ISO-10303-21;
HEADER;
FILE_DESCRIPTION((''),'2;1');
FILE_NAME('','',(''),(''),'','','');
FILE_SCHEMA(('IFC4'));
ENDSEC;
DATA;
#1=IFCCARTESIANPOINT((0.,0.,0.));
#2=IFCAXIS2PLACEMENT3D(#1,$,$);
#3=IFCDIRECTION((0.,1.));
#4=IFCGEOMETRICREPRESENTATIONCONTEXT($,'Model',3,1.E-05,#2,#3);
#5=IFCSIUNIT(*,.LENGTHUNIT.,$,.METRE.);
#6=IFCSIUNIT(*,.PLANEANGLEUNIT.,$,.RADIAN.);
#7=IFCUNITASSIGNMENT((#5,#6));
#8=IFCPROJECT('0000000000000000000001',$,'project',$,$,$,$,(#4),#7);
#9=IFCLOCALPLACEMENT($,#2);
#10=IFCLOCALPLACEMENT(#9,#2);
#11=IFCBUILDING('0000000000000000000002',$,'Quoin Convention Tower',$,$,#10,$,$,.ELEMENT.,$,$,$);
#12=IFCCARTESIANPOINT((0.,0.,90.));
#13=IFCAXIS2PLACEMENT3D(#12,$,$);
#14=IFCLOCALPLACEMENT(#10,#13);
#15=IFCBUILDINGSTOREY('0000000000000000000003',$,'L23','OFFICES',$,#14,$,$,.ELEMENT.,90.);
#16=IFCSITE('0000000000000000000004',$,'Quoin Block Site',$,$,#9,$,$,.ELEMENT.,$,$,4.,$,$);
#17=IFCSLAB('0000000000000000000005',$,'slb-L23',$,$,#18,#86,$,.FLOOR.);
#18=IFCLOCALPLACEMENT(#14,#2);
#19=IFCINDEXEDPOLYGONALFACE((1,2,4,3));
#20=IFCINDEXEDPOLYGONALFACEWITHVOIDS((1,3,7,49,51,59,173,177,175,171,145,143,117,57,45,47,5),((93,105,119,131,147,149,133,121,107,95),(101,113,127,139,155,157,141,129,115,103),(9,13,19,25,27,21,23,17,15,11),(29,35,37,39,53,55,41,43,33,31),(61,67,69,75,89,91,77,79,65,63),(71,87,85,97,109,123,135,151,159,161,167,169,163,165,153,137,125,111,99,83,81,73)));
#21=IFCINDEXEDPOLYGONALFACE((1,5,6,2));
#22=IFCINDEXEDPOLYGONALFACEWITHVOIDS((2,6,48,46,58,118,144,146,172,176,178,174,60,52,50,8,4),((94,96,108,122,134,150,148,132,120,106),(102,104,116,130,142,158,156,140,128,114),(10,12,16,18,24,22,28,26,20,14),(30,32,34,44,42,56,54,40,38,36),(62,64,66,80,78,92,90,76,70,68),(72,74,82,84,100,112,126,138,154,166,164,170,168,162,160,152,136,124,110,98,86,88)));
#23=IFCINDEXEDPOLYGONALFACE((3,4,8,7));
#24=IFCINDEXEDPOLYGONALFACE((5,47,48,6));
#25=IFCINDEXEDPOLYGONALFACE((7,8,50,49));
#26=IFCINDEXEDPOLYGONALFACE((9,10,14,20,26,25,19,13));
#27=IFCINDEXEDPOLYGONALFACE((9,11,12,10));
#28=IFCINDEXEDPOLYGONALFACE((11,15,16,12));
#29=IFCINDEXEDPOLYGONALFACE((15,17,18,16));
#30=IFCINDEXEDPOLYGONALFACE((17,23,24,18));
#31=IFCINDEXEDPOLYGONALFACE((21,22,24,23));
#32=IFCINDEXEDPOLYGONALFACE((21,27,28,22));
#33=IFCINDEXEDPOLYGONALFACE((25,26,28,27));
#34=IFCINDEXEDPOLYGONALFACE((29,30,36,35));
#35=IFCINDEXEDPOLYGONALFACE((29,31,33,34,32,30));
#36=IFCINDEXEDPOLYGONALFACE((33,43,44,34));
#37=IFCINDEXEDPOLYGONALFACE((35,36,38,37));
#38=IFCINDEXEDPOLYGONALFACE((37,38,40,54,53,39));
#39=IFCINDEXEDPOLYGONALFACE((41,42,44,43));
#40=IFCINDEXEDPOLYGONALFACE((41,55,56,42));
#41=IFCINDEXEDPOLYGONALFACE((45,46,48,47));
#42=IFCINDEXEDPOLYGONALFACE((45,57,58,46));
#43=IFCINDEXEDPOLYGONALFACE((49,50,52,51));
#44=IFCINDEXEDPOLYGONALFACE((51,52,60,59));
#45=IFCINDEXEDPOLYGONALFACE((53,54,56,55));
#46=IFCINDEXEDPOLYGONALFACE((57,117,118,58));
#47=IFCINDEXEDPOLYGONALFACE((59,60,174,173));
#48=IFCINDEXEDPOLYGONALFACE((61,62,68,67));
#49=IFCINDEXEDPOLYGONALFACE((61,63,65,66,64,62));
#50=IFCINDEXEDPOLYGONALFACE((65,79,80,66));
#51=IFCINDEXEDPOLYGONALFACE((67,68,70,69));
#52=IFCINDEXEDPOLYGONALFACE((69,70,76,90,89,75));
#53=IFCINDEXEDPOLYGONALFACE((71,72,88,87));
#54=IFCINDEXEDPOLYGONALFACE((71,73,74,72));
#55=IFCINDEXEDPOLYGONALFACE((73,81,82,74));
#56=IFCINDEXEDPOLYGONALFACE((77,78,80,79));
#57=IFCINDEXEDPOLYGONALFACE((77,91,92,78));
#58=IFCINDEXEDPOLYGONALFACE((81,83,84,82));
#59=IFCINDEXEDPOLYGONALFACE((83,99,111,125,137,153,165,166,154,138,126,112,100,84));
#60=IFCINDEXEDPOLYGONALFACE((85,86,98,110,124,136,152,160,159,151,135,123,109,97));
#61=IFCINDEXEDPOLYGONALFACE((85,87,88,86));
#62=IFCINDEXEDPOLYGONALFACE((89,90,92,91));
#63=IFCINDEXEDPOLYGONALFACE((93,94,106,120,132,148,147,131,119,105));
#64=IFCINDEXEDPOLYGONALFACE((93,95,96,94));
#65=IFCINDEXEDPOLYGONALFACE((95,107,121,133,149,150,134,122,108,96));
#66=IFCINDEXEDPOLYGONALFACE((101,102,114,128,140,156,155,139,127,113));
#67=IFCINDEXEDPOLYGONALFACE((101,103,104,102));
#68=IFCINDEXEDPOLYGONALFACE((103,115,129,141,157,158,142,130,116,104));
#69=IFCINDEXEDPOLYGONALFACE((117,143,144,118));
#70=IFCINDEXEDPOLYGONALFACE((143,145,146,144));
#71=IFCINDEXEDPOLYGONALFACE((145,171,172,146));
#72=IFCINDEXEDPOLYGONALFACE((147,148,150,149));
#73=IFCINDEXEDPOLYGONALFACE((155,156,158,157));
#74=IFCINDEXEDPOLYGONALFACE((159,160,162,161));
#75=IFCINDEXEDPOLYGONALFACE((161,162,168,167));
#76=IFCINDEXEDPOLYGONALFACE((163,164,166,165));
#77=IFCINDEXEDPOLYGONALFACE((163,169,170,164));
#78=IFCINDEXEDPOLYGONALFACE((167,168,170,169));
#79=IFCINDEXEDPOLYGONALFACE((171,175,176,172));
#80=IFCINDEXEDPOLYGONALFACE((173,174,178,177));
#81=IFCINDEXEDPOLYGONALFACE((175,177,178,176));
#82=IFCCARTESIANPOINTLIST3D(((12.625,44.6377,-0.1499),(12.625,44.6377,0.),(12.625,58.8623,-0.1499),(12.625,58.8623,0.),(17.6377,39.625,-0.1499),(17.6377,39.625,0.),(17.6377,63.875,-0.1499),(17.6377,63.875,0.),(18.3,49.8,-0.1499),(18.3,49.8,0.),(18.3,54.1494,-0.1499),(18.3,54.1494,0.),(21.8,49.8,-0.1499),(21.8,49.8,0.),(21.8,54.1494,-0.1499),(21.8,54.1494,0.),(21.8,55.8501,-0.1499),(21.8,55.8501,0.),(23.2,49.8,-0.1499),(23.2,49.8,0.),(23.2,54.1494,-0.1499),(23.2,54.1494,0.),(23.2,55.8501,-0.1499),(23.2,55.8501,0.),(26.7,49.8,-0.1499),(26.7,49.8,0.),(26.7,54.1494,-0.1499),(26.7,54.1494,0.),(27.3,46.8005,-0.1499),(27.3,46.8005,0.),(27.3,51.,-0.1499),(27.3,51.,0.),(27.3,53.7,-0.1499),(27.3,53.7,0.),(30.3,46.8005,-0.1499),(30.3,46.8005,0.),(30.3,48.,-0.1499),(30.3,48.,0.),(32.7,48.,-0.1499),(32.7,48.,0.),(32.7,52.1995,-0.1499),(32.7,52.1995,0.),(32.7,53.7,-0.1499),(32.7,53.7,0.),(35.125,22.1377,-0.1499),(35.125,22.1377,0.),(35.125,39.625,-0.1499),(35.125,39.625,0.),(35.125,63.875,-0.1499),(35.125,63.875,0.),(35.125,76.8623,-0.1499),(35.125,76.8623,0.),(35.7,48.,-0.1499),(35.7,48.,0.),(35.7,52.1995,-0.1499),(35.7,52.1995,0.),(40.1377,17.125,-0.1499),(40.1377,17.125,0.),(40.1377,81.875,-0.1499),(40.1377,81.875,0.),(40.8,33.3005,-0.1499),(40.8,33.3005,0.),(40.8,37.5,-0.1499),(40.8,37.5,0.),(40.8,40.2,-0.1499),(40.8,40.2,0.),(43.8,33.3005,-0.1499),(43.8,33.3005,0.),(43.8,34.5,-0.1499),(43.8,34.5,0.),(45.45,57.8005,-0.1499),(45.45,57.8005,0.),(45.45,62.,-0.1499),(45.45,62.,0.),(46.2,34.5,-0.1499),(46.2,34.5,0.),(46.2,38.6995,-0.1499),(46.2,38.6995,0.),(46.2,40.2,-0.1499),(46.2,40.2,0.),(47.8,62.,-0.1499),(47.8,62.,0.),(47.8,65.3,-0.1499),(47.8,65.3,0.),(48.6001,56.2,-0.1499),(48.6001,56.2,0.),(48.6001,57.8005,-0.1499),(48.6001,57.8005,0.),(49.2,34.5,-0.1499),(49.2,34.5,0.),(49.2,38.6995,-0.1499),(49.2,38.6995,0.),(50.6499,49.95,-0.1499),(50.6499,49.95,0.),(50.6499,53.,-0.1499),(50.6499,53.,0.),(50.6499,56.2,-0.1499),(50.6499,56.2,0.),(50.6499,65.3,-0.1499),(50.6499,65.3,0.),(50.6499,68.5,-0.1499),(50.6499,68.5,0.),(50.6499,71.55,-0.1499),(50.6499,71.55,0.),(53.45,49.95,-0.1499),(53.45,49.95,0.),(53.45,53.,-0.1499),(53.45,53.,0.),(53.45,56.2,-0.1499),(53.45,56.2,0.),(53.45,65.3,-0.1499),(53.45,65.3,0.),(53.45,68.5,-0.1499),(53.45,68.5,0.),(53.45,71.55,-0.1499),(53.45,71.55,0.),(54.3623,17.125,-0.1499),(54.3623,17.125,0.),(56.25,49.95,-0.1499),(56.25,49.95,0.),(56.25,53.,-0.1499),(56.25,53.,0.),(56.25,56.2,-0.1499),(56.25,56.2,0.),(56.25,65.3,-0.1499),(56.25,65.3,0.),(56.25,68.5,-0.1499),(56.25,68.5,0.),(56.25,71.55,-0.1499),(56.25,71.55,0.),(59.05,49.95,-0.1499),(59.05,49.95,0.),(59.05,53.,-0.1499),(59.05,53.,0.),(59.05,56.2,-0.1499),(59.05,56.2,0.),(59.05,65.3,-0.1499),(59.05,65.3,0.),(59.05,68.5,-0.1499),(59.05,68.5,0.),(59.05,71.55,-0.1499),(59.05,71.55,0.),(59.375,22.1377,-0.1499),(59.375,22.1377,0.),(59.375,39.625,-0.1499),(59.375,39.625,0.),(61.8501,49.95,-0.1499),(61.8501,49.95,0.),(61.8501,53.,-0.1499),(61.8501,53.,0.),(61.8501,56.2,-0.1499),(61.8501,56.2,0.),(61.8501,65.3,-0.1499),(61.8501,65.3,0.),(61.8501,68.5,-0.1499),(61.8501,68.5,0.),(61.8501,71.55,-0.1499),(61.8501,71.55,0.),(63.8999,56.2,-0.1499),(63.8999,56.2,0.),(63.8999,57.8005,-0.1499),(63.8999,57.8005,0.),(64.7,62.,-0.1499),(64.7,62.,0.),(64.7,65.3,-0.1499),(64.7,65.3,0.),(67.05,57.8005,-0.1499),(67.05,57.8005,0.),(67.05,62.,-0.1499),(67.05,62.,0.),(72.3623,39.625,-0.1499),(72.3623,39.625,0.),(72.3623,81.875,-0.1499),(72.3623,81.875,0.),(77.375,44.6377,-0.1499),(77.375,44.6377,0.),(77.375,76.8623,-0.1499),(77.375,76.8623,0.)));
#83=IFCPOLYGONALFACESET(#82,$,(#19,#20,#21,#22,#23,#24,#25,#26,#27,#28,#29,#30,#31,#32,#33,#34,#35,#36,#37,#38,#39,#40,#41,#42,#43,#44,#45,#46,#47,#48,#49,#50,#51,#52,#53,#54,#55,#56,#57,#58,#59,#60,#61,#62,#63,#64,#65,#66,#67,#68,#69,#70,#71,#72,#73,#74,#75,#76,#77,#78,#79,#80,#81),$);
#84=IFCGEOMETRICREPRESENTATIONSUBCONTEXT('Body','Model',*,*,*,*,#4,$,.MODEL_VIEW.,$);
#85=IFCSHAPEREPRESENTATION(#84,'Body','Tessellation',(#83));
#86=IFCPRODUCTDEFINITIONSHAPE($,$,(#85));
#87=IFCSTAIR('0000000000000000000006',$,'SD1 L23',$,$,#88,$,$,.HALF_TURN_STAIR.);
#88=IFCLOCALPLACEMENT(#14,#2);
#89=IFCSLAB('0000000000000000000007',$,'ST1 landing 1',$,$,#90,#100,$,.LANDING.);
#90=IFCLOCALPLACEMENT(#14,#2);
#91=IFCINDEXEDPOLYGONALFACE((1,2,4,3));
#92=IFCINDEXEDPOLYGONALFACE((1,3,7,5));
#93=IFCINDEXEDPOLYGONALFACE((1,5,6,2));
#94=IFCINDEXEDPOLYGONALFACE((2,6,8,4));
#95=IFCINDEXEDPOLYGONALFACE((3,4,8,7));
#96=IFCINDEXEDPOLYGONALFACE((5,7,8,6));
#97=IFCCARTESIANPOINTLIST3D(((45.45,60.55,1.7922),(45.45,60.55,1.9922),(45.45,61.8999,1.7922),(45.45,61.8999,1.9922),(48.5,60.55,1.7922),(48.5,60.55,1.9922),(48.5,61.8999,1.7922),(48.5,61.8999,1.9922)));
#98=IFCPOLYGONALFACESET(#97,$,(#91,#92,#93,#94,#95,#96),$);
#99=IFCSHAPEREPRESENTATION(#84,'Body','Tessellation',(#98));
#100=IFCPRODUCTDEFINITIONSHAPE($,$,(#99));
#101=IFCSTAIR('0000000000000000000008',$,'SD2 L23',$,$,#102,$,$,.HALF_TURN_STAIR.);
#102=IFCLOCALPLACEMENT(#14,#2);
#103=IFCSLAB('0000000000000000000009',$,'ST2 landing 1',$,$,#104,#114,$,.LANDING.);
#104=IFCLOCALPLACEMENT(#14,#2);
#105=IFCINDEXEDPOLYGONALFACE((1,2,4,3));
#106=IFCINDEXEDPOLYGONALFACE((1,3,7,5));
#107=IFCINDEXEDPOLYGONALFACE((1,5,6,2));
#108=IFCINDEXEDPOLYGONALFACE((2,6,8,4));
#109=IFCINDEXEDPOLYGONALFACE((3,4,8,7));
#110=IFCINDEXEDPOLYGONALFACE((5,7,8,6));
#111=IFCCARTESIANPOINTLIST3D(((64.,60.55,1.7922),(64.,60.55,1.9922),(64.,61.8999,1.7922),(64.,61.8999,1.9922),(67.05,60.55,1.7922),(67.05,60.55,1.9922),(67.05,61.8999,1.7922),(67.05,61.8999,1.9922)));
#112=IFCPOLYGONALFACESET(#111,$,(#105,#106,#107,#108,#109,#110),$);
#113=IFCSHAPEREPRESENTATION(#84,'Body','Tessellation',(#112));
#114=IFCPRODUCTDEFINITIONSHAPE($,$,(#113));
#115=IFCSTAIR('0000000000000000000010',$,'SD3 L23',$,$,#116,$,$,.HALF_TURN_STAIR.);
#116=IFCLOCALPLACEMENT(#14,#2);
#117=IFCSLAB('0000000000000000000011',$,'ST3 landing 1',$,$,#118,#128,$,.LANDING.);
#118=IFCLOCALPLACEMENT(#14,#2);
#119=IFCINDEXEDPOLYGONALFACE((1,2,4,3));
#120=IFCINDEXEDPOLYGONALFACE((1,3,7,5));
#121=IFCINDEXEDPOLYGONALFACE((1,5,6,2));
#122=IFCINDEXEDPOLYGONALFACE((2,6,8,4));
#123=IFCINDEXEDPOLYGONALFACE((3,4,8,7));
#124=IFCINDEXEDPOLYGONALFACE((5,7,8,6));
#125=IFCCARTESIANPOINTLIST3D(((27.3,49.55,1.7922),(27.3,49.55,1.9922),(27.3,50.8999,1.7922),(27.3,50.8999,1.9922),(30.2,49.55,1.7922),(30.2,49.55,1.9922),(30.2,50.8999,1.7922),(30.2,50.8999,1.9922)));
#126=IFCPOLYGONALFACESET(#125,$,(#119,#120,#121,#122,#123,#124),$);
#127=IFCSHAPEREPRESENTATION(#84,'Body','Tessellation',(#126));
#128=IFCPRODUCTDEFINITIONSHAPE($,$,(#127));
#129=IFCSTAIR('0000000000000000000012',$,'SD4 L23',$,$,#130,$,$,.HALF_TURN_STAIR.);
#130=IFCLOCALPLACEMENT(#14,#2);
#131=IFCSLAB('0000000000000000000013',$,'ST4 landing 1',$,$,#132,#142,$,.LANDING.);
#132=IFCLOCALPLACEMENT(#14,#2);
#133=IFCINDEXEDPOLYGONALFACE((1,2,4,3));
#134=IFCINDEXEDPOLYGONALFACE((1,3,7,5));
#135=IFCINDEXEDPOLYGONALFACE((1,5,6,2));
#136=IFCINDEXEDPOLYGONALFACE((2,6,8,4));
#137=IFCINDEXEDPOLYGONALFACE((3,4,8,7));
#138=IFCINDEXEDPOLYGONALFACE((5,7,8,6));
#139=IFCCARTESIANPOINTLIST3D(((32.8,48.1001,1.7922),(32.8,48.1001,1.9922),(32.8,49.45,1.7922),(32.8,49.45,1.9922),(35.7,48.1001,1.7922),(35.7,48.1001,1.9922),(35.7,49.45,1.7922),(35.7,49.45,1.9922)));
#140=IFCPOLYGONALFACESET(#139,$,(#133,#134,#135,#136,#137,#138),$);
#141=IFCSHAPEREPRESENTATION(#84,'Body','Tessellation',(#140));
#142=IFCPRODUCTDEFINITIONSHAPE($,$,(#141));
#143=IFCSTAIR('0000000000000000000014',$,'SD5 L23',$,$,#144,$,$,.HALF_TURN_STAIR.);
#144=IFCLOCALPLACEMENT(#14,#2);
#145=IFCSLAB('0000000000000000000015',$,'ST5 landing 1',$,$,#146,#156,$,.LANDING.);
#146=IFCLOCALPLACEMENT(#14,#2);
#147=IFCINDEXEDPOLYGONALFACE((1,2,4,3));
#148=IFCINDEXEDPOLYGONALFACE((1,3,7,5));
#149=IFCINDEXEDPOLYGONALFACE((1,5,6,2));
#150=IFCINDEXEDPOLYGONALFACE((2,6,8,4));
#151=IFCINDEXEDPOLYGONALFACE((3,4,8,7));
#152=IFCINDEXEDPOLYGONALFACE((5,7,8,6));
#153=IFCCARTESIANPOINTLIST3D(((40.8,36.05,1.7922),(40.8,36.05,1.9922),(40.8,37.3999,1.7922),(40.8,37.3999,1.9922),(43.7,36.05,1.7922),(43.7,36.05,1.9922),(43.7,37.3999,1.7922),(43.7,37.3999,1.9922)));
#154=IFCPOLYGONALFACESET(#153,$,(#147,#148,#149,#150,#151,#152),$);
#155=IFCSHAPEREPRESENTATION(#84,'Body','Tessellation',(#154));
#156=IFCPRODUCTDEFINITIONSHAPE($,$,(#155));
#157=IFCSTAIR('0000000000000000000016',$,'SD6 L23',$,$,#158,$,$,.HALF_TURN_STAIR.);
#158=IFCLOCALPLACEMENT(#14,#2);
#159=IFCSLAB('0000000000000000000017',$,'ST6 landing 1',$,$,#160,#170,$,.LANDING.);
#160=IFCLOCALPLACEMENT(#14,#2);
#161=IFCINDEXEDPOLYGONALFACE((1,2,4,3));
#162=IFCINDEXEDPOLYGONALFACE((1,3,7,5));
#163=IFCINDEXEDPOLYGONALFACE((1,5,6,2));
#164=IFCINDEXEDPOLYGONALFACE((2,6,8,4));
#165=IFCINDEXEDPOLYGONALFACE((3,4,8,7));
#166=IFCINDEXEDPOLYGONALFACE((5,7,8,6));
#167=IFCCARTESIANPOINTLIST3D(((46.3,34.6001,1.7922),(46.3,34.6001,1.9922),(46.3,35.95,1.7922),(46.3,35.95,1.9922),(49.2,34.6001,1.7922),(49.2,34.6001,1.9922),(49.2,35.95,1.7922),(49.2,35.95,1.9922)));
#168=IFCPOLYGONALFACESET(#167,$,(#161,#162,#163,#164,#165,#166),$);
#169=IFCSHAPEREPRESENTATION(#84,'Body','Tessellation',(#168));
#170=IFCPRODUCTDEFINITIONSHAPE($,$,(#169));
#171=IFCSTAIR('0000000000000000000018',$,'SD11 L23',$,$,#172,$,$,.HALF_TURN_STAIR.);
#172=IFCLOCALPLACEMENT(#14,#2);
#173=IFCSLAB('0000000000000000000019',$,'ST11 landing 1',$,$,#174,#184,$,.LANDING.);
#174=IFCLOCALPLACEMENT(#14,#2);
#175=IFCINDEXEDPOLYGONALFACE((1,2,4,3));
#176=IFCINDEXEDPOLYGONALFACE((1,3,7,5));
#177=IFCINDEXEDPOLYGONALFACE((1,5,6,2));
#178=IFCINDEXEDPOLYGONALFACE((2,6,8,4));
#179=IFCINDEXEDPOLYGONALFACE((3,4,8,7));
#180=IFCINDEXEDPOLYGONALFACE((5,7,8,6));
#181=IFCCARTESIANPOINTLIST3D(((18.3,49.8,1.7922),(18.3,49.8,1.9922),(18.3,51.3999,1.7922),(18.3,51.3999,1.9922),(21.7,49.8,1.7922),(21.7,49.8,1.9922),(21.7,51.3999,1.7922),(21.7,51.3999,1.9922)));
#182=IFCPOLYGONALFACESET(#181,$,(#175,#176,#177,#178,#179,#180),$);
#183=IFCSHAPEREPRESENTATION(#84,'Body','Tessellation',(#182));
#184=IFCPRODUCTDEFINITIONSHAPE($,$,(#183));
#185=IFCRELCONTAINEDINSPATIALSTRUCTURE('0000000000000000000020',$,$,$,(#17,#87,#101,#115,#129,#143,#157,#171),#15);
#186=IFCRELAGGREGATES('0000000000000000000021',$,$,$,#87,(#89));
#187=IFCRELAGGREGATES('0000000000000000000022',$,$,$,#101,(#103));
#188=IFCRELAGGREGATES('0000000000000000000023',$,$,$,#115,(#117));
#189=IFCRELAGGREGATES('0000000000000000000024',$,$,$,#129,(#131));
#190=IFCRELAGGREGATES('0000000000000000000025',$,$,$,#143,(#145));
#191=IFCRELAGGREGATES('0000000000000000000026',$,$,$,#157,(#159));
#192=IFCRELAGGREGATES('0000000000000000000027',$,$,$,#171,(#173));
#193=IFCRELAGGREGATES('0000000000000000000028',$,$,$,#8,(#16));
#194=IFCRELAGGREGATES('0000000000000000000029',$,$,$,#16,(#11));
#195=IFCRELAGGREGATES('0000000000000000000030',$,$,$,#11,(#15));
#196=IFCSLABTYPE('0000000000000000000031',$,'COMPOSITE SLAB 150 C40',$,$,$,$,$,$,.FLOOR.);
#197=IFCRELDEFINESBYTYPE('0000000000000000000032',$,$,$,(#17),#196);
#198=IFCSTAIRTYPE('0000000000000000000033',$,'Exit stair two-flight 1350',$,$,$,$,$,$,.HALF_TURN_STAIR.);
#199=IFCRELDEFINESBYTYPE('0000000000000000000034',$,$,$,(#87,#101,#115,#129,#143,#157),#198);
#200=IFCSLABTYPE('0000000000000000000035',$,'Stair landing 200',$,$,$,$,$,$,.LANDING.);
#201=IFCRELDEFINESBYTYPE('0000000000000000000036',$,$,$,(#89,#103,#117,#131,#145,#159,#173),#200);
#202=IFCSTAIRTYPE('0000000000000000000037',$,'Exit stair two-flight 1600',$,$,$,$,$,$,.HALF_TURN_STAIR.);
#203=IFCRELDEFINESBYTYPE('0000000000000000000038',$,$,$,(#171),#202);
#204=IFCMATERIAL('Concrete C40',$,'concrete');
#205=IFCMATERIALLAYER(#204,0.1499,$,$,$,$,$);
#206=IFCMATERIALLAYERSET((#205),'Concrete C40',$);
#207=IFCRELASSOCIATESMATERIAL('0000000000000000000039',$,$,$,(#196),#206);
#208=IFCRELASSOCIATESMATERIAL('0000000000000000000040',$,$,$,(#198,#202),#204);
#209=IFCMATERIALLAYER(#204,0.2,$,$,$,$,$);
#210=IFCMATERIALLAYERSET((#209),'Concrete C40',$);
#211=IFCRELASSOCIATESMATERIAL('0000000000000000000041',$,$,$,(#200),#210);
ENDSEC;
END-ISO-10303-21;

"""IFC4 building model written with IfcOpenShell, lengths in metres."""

from ifc_helpers import new_model, si_unit, direction, frame, origin, place, context, subcontext, project, spatial, polyline, outline, extrude, material, layer, layer_set, type_object, element, aggregate, save


model = new_model("IFC4")

# Units and contexts
model_context = context("Model", 3, precision=1e-05, world=origin(), true_north=direction((0.0, 1.0)))
body_context = subcontext(model_context, "Body", "Model", "MODEL_VIEW")
ifc_project = project(units=[si_unit("LENGTHUNIT", "METRE"), si_unit("PLANEANGLEUNIT", "RADIAN")], contexts=[model_context])

# Site, building, storey
site_placement = place(None, origin())
site = spatial("IfcSite", under=ifc_project, at=site_placement, Name="Quoin Block Site", CompositionType="ELEMENT", RefElevation=4.0)
building_placement = place(site_placement, origin())
building = spatial("IfcBuilding", under=site, at=building_placement, Name="Quoin Convention Tower", CompositionType="ELEMENT")
storey_placement = place(building_placement, frame((0.0, 0.0, 90.0)))
storey = spatial("IfcBuildingStorey", under=building, at=storey_placement, Name="L23", Description="OFFICES", CompositionType="ELEMENT", Elevation=90.0)

# Slab
ifc_material_1 = material(Name="Concrete C40", Category="concrete")
ifc_layer_1 = layer(ifc_material_1, 0.1499)
ifc_layer_set_1 = layer_set([ifc_layer_1], Name="Concrete C40")
slab_type_1 = type_object("IfcSlabType", Name="COMPOSITE SLAB 150 C40", PredefinedType="FLOOR", material=ifc_layer_set_1)
slab_1_placement = place(storey_placement, frame((0.0, 0.0, -0.1499)))
element("IfcSlab", 1, at=slab_1_placement, inside=storey, type_object=slab_type_1, Name="slb-L23", PredefinedType="FLOOR", context=body_context, shape_type="SweptSolid", body=[
    extrude(outline(polyline([(59.375, 22.1377), (54.3623, 17.125), (40.1377, 17.125), (35.125, 22.1377), (35.125, 39.625), (17.6377, 39.625), (12.625, 44.6377), (12.625, 58.8623), (17.6377, 63.875), (35.125, 63.875), (35.125, 76.8623), (40.1377, 81.875), (72.3623, 81.875), (77.375, 76.8623), (77.375, 44.6377), (72.3623, 39.625), (59.375, 39.625), (59.375, 22.1377)]), holes=[polyline([(40.8, 40.2), (40.8, 37.5), (40.8, 33.3005), (43.8, 33.3005), (43.8, 34.5), (46.2, 34.5), (49.2, 34.5), (49.2, 38.6995), (46.2, 38.6995), (46.2, 40.2), (40.8, 40.2)]), polyline([(35.7, 52.1995), (32.7, 52.1995), (32.7, 53.7), (27.3, 53.7), (27.3, 51.0), (27.3, 46.8005), (30.3, 46.8005), (30.3, 48.0), (32.7, 48.0), (35.7, 48.0), (35.7, 52.1995)]), polyline([(53.45, 49.95), (56.25, 49.95), (59.05, 49.95), (61.8501, 49.95), (61.8501, 53.0), (59.05, 53.0), (56.25, 53.0), (53.45, 53.0), (50.6499, 53.0), (50.6499, 49.95), (53.45, 49.95)]), polyline([(21.8, 55.8501), (21.8, 54.1494), (18.3, 54.1494), (18.3, 49.8), (21.8, 49.8), (23.2, 49.8), (26.7, 49.8), (26.7, 54.1494), (23.2, 54.1494), (23.2, 55.8501), (21.8, 55.8501)]), polyline([(48.6001, 57.8005), (48.6001, 56.2), (50.6499, 56.2), (53.45, 56.2), (56.25, 56.2), (59.05, 56.2), (61.8501, 56.2), (63.8999, 56.2), (63.8999, 57.8005), (67.05, 57.8005), (67.05, 62.0), (64.7, 62.0), (64.7, 65.3), (61.8501, 65.3), (59.05, 65.3), (56.25, 65.3), (53.45, 65.3), (50.6499, 65.3), (47.8, 65.3), (47.8, 62.0), (45.45, 62.0), (45.45, 57.8005), (48.6001, 57.8005)]), polyline([(50.6499, 68.5), (53.45, 68.5), (56.25, 68.5), (59.05, 68.5), (61.8501, 68.5), (61.8501, 71.55), (59.05, 71.55), (56.25, 71.55), (53.45, 71.55), (50.6499, 71.55), (50.6499, 68.5)])]), origin(), (0.0, 0.0, 1.0), 0.1499),
])

# Stairs, slabs
stair_type_1 = type_object("IfcStairType", Name="Exit stair two-flight 1350", PredefinedType="HALF_TURN_STAIR", material=ifc_material_1)
stair_1_placement = place(storey_placement, origin())
stair_1 = element("IfcStair", 2, at=stair_1_placement, inside=storey, type_object=stair_type_1, Name="SD1 L23", PredefinedType="HALF_TURN_STAIR")
ifc_layer_2 = layer(ifc_material_1, 0.2)
ifc_layer_set_2 = layer_set([ifc_layer_2], Name="Concrete C40")
slab_type_2 = type_object("IfcSlabType", Name="Stair landing 200", PredefinedType="LANDING", material=ifc_layer_set_2)
slab_2_placement = place(storey_placement, frame((0.0, 0.0, 1.7922)))
slab_2 = element("IfcSlab", 3, at=slab_2_placement, type_object=slab_type_2, Name="ST1 landing 1", PredefinedType="LANDING", context=body_context, shape_type="SweptSolid", body=[
    extrude(outline(polyline([(45.45, 60.55), (48.5, 60.55), (48.5, 61.8999), (45.45, 61.8999), (45.45, 60.55)])), origin(), (0.0, 0.0, 1.0), 0.2),
])
aggregate(stair_1, [slab_2])
stair_2_placement = place(storey_placement, origin())
stair_2 = element("IfcStair", 4, at=stair_2_placement, inside=storey, type_object=stair_type_1, Name="SD2 L23", PredefinedType="HALF_TURN_STAIR")
slab_3_placement = place(storey_placement, frame((0.0, 0.0, 1.7922)))
slab_3 = element("IfcSlab", 5, at=slab_3_placement, type_object=slab_type_2, Name="ST2 landing 1", PredefinedType="LANDING", context=body_context, shape_type="SweptSolid", body=[
    extrude(outline(polyline([(64.0, 60.55), (67.05, 60.55), (67.05, 61.8999), (64.0, 61.8999), (64.0, 60.55)])), origin(), (0.0, 0.0, 1.0), 0.2),
])
aggregate(stair_2, [slab_3])
stair_3_placement = place(storey_placement, origin())
stair_3 = element("IfcStair", 6, at=stair_3_placement, inside=storey, type_object=stair_type_1, Name="SD3 L23", PredefinedType="HALF_TURN_STAIR")
slab_4_placement = place(storey_placement, frame((0.0, 0.0, 1.7922)))
slab_4 = element("IfcSlab", 7, at=slab_4_placement, type_object=slab_type_2, Name="ST3 landing 1", PredefinedType="LANDING", context=body_context, shape_type="SweptSolid", body=[
    extrude(outline(polyline([(27.3, 49.55), (30.2, 49.55), (30.2, 50.8999), (27.3, 50.8999), (27.3, 49.55)])), origin(), (0.0, 0.0, 1.0), 0.2),
])
aggregate(stair_3, [slab_4])
stair_4_placement = place(storey_placement, origin())
stair_4 = element("IfcStair", 8, at=stair_4_placement, inside=storey, type_object=stair_type_1, Name="SD4 L23", PredefinedType="HALF_TURN_STAIR")
slab_5_placement = place(storey_placement, frame((0.0, 0.0, 1.7922)))
slab_5 = element("IfcSlab", 9, at=slab_5_placement, type_object=slab_type_2, Name="ST4 landing 1", PredefinedType="LANDING", context=body_context, shape_type="SweptSolid", body=[
    extrude(outline(polyline([(35.7, 49.45), (32.8, 49.45), (32.8, 48.1001), (35.7, 48.1001), (35.7, 49.45)])), origin(), (0.0, 0.0, 1.0), 0.2),
])
aggregate(stair_4, [slab_5])
stair_5_placement = place(storey_placement, origin())
stair_5 = element("IfcStair", 10, at=stair_5_placement, inside=storey, type_object=stair_type_1, Name="SD5 L23", PredefinedType="HALF_TURN_STAIR")
slab_6_placement = place(storey_placement, frame((0.0, 0.0, 1.7922)))
slab_6 = element("IfcSlab", 11, at=slab_6_placement, type_object=slab_type_2, Name="ST5 landing 1", PredefinedType="LANDING", context=body_context, shape_type="SweptSolid", body=[
    extrude(outline(polyline([(40.8, 36.05), (43.7, 36.05), (43.7, 37.3999), (40.8, 37.3999), (40.8, 36.05)])), origin(), (0.0, 0.0, 1.0), 0.2),
])
aggregate(stair_5, [slab_6])
stair_6_placement = place(storey_placement, origin())
stair_6 = element("IfcStair", 12, at=stair_6_placement, inside=storey, type_object=stair_type_1, Name="SD6 L23", PredefinedType="HALF_TURN_STAIR")
slab_7_placement = place(storey_placement, frame((0.0, 0.0, 1.7922)))
slab_7 = element("IfcSlab", 13, at=slab_7_placement, type_object=slab_type_2, Name="ST6 landing 1", PredefinedType="LANDING", context=body_context, shape_type="SweptSolid", body=[
    extrude(outline(polyline([(49.2, 35.95), (46.3, 35.95), (46.3, 34.6001), (49.2, 34.6001), (49.2, 35.95)])), origin(), (0.0, 0.0, 1.0), 0.2),
])
aggregate(stair_6, [slab_7])
stair_type_2 = type_object("IfcStairType", Name="Exit stair two-flight 1600", PredefinedType="HALF_TURN_STAIR", material=ifc_material_1)
stair_7_placement = place(storey_placement, origin())
stair_7 = element("IfcStair", 14, at=stair_7_placement, inside=storey, type_object=stair_type_2, Name="SD11 L23", PredefinedType="HALF_TURN_STAIR")
slab_8_placement = place(storey_placement, frame((0.0, 0.0, 1.7922)))
slab_8 = element("IfcSlab", 15, at=slab_8_placement, type_object=slab_type_2, Name="ST11 landing 1", PredefinedType="LANDING", context=body_context, shape_type="SweptSolid", body=[
    extrude(outline(polyline([(21.7, 51.3999), (18.3, 51.3999), (18.3, 49.8), (21.7, 49.8), (21.7, 51.3999)])), origin(), (0.0, 0.0, 1.0), 0.2),
])
aggregate(stair_7, [slab_8])

save(model, "model.ifc")
